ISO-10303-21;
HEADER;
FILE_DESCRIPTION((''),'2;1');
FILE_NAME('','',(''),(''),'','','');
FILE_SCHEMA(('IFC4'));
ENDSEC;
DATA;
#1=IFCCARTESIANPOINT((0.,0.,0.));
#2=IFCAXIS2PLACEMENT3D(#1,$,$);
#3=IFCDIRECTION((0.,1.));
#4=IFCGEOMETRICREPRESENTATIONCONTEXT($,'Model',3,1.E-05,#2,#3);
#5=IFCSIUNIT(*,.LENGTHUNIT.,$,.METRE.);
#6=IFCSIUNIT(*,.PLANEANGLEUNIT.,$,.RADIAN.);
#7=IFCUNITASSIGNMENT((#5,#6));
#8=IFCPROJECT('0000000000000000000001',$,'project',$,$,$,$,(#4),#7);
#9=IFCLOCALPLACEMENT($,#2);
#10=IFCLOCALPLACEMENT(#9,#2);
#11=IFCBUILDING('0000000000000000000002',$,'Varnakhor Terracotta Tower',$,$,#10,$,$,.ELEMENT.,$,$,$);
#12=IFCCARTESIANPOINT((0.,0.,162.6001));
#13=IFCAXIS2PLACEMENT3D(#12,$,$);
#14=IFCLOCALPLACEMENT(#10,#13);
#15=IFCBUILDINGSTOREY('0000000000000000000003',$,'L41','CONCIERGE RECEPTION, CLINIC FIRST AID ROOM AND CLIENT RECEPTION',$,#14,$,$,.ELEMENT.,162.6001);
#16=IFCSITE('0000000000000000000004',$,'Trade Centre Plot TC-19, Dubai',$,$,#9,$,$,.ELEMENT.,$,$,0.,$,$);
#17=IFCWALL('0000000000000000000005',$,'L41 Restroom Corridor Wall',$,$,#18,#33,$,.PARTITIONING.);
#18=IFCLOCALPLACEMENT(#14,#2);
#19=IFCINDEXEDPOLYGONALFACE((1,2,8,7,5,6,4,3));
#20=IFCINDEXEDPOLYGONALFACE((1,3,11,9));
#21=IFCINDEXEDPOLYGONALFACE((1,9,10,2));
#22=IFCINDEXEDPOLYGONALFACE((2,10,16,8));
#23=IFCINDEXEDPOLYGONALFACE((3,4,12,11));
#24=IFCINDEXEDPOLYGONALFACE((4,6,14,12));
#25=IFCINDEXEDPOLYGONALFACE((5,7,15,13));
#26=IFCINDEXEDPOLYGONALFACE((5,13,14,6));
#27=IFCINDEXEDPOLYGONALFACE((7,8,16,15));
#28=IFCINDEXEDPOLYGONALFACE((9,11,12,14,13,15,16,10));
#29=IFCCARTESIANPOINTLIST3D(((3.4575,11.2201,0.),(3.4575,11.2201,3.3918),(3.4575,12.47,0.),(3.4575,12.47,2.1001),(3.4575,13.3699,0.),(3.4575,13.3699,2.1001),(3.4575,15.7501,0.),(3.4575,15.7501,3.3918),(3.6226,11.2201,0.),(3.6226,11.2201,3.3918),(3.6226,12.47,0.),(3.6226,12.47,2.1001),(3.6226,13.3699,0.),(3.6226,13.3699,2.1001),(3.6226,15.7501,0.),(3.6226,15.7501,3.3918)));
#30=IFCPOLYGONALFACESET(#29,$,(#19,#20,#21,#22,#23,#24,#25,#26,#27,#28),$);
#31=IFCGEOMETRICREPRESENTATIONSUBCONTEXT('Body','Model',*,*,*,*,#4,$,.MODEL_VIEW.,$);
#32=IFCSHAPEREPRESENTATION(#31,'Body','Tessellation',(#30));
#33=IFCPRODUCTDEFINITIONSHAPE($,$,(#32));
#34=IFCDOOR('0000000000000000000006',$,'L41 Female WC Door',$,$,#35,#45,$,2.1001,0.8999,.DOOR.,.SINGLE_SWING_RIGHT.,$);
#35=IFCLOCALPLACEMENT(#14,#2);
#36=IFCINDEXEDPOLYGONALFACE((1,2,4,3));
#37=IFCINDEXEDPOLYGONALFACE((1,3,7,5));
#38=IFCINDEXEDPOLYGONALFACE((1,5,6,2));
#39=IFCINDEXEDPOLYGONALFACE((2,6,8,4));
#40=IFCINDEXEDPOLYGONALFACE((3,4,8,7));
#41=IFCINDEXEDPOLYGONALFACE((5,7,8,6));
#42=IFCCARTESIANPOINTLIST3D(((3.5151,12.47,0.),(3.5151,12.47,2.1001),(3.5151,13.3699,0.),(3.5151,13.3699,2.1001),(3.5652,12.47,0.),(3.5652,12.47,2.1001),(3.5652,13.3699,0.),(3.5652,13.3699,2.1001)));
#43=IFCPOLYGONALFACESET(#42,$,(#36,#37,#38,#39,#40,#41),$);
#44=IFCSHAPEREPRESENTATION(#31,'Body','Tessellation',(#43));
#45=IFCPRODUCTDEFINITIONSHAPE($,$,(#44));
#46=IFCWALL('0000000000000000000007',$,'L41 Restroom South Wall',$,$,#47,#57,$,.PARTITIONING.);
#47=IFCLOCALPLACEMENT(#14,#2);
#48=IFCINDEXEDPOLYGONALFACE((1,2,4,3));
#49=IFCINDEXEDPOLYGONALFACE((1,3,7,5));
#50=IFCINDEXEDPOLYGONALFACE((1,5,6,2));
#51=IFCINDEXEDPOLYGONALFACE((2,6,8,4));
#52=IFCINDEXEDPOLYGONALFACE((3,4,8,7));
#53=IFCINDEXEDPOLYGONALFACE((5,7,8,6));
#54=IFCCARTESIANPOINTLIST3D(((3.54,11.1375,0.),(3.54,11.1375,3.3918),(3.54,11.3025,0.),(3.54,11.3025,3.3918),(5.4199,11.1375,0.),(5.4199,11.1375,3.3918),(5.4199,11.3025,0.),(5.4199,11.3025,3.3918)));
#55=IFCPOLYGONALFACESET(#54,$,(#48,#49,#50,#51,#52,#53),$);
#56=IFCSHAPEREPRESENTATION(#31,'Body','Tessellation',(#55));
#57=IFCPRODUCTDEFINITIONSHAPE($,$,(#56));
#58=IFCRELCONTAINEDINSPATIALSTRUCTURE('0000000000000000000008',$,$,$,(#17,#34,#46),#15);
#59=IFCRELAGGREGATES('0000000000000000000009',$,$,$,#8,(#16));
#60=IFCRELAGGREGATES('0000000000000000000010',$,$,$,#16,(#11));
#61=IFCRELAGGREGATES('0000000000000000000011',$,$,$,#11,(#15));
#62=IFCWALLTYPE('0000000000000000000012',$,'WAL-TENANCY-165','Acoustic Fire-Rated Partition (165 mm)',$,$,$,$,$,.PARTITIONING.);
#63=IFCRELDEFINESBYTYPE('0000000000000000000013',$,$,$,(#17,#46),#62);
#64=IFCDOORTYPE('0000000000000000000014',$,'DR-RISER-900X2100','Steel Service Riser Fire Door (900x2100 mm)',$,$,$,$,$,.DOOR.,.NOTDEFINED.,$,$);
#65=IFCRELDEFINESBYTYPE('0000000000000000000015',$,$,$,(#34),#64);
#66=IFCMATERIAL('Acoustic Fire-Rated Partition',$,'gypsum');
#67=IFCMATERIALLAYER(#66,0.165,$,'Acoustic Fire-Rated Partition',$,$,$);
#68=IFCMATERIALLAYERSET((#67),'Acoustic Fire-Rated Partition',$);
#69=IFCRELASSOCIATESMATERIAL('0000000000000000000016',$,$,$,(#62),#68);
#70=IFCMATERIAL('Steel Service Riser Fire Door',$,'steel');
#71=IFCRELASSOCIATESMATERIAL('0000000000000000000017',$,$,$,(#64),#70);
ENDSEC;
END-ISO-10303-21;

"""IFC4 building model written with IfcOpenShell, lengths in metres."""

from ifc_helpers import new_model, si_unit, direction, frame, frame_2d, origin, place, context, subcontext, project, spatial, rectangle, extrude, source, transform, mapped, material, layer, layer_set, type_object, type_shapes, element, fill, save


model = new_model("IFC4")

# Units and contexts
model_context = context("Model", 3, precision=1e-05, world=origin(), true_north=direction((0.0, 1.0)))
body_context = subcontext(model_context, "Body", "Model", "MODEL_VIEW")
ifc_project = project(units=[si_unit("LENGTHUNIT", "METRE"), si_unit("PLANEANGLEUNIT", "RADIAN")], contexts=[model_context])

# Site, building, storey
site_placement = place(None, origin())
site = spatial("IfcSite", under=ifc_project, at=site_placement, Name="Trade Centre Plot TC-19, Dubai", CompositionType="ELEMENT", RefElevation=0.0)
building_placement = place(site_placement, origin())
building = spatial("IfcBuilding", under=site, at=building_placement, Name="Varnakhor Terracotta Tower", CompositionType="ELEMENT")
storey_placement = place(building_placement, frame((0.0, 0.0, 162.6001)))
storey = spatial("IfcBuildingStorey", under=building, at=storey_placement, Name="L41", Description="CONCIERGE RECEPTION, CLINIC FIRST AID ROOM AND CLIENT RECEPTION", CompositionType="ELEMENT", Elevation=162.6001)

# Shared definitions
ifc_material_1 = material(Name="Acoustic Fire-Rated Partition", Category="gypsum")
ifc_layer_1 = layer(ifc_material_1, 0.165, Name="Acoustic Fire-Rated Partition")
ifc_layer_set_1 = layer_set([ifc_layer_1], Name="Acoustic Fire-Rated Partition")
wall_type_1 = type_object("IfcWallType", Name="WAL-TENANCY-165", Description="Acoustic Fire-Rated Partition (165 mm)", PredefinedType="PARTITIONING", material=ifc_layer_set_1)

# Wall, opening, door
ifc_material_2 = material(Name="Steel Service Riser Fire Door", Category="steel")
door_type_1 = type_object("IfcDoorType", Name="DR-RISER-900X2100", Description="Steel Service Riser Fire Door (900x2100 mm)", OperationType="NOTDEFINED", PredefinedType="DOOR", material=ifc_material_2)
shared_shape_1 = source(origin(), body_context, "Body", "SweptSolid", [
    extrude(rectangle(XDim=0.8999, YDim=2.1001, at=frame_2d((0.45, 1.05))), frame((0.0, 0.0249, 0.0), z_axis=(0.0, -1.0, 0.0), x_axis=(1.0, 0.0, 0.0)), (0.0, 0.0, 1.0), 0.05),
])
type_shapes(door_type_1, [shared_shape_1])
wall_1_placement = place(storey_placement, frame((3.54, 11.22, 0.0), z_axis=(0.0, 0.0, 1.0), x_axis=(0.0, 1.0, 0.0)))
wall_1 = element("IfcWall", 1, at=wall_1_placement, inside=storey, type_object=wall_type_1, Name="L41 Restroom Corridor Wall", PredefinedType="PARTITIONING", context=body_context, shape_type="SweptSolid", body=[
    extrude(rectangle(XDim=4.53, YDim=0.165, at=frame_2d((2.2651, 0.0))), origin(), (0.0, 0.0, 1.0), 3.3918),
])
opening_1_placement = place(wall_1_placement, frame((1.25, 0.0, 0.0)))
opening_1 = element("IfcOpeningElement", 2, at=opening_1_placement, cuts=wall_1, PredefinedType="OPENING", context=body_context, shape_type="SweptSolid", body=[
    extrude(rectangle(XDim=0.8999, YDim=2.1001, at=frame_2d((0.45, 1.05))), frame((0.0, 0.0925, 0.0), z_axis=(0.0, -1.0, 0.0), x_axis=(1.0, 0.0, 0.0)), (0.0, 0.0, 1.0), 0.1851),
])
door_1_placement = place(opening_1_placement, origin())
door_1 = element("IfcDoor", 3, at=door_1_placement, inside=storey, type_object=door_type_1, Name="L41 Female WC Door", OperationType="SINGLE_SWING_RIGHT", OverallHeight=2.1001, OverallWidth=0.8999, PredefinedType="DOOR", context=body_context, shape_type="MappedRepresentation", body=[
    mapped(shared_shape_1, transform((0.0, 0.0, 0.0), scale=1.0)),
])
fill(opening_1, door_1)

# Wall
wall_2_placement = place(storey_placement, frame((3.54, 11.22, 0.0), z_axis=(0.0, 0.0, 1.0), x_axis=(1.0, 0.0, 0.0)))
element("IfcWall", 4, at=wall_2_placement, inside=storey, type_object=wall_type_1, Name="L41 Restroom South Wall", PredefinedType="PARTITIONING", context=body_context, shape_type="SweptSolid", body=[
    extrude(rectangle(XDim=1.8799, YDim=0.165, at=frame_2d((0.9399, 0.0))), origin(), (0.0, 0.0, 1.0), 3.3918),
])

save(model, "model.ifc")
